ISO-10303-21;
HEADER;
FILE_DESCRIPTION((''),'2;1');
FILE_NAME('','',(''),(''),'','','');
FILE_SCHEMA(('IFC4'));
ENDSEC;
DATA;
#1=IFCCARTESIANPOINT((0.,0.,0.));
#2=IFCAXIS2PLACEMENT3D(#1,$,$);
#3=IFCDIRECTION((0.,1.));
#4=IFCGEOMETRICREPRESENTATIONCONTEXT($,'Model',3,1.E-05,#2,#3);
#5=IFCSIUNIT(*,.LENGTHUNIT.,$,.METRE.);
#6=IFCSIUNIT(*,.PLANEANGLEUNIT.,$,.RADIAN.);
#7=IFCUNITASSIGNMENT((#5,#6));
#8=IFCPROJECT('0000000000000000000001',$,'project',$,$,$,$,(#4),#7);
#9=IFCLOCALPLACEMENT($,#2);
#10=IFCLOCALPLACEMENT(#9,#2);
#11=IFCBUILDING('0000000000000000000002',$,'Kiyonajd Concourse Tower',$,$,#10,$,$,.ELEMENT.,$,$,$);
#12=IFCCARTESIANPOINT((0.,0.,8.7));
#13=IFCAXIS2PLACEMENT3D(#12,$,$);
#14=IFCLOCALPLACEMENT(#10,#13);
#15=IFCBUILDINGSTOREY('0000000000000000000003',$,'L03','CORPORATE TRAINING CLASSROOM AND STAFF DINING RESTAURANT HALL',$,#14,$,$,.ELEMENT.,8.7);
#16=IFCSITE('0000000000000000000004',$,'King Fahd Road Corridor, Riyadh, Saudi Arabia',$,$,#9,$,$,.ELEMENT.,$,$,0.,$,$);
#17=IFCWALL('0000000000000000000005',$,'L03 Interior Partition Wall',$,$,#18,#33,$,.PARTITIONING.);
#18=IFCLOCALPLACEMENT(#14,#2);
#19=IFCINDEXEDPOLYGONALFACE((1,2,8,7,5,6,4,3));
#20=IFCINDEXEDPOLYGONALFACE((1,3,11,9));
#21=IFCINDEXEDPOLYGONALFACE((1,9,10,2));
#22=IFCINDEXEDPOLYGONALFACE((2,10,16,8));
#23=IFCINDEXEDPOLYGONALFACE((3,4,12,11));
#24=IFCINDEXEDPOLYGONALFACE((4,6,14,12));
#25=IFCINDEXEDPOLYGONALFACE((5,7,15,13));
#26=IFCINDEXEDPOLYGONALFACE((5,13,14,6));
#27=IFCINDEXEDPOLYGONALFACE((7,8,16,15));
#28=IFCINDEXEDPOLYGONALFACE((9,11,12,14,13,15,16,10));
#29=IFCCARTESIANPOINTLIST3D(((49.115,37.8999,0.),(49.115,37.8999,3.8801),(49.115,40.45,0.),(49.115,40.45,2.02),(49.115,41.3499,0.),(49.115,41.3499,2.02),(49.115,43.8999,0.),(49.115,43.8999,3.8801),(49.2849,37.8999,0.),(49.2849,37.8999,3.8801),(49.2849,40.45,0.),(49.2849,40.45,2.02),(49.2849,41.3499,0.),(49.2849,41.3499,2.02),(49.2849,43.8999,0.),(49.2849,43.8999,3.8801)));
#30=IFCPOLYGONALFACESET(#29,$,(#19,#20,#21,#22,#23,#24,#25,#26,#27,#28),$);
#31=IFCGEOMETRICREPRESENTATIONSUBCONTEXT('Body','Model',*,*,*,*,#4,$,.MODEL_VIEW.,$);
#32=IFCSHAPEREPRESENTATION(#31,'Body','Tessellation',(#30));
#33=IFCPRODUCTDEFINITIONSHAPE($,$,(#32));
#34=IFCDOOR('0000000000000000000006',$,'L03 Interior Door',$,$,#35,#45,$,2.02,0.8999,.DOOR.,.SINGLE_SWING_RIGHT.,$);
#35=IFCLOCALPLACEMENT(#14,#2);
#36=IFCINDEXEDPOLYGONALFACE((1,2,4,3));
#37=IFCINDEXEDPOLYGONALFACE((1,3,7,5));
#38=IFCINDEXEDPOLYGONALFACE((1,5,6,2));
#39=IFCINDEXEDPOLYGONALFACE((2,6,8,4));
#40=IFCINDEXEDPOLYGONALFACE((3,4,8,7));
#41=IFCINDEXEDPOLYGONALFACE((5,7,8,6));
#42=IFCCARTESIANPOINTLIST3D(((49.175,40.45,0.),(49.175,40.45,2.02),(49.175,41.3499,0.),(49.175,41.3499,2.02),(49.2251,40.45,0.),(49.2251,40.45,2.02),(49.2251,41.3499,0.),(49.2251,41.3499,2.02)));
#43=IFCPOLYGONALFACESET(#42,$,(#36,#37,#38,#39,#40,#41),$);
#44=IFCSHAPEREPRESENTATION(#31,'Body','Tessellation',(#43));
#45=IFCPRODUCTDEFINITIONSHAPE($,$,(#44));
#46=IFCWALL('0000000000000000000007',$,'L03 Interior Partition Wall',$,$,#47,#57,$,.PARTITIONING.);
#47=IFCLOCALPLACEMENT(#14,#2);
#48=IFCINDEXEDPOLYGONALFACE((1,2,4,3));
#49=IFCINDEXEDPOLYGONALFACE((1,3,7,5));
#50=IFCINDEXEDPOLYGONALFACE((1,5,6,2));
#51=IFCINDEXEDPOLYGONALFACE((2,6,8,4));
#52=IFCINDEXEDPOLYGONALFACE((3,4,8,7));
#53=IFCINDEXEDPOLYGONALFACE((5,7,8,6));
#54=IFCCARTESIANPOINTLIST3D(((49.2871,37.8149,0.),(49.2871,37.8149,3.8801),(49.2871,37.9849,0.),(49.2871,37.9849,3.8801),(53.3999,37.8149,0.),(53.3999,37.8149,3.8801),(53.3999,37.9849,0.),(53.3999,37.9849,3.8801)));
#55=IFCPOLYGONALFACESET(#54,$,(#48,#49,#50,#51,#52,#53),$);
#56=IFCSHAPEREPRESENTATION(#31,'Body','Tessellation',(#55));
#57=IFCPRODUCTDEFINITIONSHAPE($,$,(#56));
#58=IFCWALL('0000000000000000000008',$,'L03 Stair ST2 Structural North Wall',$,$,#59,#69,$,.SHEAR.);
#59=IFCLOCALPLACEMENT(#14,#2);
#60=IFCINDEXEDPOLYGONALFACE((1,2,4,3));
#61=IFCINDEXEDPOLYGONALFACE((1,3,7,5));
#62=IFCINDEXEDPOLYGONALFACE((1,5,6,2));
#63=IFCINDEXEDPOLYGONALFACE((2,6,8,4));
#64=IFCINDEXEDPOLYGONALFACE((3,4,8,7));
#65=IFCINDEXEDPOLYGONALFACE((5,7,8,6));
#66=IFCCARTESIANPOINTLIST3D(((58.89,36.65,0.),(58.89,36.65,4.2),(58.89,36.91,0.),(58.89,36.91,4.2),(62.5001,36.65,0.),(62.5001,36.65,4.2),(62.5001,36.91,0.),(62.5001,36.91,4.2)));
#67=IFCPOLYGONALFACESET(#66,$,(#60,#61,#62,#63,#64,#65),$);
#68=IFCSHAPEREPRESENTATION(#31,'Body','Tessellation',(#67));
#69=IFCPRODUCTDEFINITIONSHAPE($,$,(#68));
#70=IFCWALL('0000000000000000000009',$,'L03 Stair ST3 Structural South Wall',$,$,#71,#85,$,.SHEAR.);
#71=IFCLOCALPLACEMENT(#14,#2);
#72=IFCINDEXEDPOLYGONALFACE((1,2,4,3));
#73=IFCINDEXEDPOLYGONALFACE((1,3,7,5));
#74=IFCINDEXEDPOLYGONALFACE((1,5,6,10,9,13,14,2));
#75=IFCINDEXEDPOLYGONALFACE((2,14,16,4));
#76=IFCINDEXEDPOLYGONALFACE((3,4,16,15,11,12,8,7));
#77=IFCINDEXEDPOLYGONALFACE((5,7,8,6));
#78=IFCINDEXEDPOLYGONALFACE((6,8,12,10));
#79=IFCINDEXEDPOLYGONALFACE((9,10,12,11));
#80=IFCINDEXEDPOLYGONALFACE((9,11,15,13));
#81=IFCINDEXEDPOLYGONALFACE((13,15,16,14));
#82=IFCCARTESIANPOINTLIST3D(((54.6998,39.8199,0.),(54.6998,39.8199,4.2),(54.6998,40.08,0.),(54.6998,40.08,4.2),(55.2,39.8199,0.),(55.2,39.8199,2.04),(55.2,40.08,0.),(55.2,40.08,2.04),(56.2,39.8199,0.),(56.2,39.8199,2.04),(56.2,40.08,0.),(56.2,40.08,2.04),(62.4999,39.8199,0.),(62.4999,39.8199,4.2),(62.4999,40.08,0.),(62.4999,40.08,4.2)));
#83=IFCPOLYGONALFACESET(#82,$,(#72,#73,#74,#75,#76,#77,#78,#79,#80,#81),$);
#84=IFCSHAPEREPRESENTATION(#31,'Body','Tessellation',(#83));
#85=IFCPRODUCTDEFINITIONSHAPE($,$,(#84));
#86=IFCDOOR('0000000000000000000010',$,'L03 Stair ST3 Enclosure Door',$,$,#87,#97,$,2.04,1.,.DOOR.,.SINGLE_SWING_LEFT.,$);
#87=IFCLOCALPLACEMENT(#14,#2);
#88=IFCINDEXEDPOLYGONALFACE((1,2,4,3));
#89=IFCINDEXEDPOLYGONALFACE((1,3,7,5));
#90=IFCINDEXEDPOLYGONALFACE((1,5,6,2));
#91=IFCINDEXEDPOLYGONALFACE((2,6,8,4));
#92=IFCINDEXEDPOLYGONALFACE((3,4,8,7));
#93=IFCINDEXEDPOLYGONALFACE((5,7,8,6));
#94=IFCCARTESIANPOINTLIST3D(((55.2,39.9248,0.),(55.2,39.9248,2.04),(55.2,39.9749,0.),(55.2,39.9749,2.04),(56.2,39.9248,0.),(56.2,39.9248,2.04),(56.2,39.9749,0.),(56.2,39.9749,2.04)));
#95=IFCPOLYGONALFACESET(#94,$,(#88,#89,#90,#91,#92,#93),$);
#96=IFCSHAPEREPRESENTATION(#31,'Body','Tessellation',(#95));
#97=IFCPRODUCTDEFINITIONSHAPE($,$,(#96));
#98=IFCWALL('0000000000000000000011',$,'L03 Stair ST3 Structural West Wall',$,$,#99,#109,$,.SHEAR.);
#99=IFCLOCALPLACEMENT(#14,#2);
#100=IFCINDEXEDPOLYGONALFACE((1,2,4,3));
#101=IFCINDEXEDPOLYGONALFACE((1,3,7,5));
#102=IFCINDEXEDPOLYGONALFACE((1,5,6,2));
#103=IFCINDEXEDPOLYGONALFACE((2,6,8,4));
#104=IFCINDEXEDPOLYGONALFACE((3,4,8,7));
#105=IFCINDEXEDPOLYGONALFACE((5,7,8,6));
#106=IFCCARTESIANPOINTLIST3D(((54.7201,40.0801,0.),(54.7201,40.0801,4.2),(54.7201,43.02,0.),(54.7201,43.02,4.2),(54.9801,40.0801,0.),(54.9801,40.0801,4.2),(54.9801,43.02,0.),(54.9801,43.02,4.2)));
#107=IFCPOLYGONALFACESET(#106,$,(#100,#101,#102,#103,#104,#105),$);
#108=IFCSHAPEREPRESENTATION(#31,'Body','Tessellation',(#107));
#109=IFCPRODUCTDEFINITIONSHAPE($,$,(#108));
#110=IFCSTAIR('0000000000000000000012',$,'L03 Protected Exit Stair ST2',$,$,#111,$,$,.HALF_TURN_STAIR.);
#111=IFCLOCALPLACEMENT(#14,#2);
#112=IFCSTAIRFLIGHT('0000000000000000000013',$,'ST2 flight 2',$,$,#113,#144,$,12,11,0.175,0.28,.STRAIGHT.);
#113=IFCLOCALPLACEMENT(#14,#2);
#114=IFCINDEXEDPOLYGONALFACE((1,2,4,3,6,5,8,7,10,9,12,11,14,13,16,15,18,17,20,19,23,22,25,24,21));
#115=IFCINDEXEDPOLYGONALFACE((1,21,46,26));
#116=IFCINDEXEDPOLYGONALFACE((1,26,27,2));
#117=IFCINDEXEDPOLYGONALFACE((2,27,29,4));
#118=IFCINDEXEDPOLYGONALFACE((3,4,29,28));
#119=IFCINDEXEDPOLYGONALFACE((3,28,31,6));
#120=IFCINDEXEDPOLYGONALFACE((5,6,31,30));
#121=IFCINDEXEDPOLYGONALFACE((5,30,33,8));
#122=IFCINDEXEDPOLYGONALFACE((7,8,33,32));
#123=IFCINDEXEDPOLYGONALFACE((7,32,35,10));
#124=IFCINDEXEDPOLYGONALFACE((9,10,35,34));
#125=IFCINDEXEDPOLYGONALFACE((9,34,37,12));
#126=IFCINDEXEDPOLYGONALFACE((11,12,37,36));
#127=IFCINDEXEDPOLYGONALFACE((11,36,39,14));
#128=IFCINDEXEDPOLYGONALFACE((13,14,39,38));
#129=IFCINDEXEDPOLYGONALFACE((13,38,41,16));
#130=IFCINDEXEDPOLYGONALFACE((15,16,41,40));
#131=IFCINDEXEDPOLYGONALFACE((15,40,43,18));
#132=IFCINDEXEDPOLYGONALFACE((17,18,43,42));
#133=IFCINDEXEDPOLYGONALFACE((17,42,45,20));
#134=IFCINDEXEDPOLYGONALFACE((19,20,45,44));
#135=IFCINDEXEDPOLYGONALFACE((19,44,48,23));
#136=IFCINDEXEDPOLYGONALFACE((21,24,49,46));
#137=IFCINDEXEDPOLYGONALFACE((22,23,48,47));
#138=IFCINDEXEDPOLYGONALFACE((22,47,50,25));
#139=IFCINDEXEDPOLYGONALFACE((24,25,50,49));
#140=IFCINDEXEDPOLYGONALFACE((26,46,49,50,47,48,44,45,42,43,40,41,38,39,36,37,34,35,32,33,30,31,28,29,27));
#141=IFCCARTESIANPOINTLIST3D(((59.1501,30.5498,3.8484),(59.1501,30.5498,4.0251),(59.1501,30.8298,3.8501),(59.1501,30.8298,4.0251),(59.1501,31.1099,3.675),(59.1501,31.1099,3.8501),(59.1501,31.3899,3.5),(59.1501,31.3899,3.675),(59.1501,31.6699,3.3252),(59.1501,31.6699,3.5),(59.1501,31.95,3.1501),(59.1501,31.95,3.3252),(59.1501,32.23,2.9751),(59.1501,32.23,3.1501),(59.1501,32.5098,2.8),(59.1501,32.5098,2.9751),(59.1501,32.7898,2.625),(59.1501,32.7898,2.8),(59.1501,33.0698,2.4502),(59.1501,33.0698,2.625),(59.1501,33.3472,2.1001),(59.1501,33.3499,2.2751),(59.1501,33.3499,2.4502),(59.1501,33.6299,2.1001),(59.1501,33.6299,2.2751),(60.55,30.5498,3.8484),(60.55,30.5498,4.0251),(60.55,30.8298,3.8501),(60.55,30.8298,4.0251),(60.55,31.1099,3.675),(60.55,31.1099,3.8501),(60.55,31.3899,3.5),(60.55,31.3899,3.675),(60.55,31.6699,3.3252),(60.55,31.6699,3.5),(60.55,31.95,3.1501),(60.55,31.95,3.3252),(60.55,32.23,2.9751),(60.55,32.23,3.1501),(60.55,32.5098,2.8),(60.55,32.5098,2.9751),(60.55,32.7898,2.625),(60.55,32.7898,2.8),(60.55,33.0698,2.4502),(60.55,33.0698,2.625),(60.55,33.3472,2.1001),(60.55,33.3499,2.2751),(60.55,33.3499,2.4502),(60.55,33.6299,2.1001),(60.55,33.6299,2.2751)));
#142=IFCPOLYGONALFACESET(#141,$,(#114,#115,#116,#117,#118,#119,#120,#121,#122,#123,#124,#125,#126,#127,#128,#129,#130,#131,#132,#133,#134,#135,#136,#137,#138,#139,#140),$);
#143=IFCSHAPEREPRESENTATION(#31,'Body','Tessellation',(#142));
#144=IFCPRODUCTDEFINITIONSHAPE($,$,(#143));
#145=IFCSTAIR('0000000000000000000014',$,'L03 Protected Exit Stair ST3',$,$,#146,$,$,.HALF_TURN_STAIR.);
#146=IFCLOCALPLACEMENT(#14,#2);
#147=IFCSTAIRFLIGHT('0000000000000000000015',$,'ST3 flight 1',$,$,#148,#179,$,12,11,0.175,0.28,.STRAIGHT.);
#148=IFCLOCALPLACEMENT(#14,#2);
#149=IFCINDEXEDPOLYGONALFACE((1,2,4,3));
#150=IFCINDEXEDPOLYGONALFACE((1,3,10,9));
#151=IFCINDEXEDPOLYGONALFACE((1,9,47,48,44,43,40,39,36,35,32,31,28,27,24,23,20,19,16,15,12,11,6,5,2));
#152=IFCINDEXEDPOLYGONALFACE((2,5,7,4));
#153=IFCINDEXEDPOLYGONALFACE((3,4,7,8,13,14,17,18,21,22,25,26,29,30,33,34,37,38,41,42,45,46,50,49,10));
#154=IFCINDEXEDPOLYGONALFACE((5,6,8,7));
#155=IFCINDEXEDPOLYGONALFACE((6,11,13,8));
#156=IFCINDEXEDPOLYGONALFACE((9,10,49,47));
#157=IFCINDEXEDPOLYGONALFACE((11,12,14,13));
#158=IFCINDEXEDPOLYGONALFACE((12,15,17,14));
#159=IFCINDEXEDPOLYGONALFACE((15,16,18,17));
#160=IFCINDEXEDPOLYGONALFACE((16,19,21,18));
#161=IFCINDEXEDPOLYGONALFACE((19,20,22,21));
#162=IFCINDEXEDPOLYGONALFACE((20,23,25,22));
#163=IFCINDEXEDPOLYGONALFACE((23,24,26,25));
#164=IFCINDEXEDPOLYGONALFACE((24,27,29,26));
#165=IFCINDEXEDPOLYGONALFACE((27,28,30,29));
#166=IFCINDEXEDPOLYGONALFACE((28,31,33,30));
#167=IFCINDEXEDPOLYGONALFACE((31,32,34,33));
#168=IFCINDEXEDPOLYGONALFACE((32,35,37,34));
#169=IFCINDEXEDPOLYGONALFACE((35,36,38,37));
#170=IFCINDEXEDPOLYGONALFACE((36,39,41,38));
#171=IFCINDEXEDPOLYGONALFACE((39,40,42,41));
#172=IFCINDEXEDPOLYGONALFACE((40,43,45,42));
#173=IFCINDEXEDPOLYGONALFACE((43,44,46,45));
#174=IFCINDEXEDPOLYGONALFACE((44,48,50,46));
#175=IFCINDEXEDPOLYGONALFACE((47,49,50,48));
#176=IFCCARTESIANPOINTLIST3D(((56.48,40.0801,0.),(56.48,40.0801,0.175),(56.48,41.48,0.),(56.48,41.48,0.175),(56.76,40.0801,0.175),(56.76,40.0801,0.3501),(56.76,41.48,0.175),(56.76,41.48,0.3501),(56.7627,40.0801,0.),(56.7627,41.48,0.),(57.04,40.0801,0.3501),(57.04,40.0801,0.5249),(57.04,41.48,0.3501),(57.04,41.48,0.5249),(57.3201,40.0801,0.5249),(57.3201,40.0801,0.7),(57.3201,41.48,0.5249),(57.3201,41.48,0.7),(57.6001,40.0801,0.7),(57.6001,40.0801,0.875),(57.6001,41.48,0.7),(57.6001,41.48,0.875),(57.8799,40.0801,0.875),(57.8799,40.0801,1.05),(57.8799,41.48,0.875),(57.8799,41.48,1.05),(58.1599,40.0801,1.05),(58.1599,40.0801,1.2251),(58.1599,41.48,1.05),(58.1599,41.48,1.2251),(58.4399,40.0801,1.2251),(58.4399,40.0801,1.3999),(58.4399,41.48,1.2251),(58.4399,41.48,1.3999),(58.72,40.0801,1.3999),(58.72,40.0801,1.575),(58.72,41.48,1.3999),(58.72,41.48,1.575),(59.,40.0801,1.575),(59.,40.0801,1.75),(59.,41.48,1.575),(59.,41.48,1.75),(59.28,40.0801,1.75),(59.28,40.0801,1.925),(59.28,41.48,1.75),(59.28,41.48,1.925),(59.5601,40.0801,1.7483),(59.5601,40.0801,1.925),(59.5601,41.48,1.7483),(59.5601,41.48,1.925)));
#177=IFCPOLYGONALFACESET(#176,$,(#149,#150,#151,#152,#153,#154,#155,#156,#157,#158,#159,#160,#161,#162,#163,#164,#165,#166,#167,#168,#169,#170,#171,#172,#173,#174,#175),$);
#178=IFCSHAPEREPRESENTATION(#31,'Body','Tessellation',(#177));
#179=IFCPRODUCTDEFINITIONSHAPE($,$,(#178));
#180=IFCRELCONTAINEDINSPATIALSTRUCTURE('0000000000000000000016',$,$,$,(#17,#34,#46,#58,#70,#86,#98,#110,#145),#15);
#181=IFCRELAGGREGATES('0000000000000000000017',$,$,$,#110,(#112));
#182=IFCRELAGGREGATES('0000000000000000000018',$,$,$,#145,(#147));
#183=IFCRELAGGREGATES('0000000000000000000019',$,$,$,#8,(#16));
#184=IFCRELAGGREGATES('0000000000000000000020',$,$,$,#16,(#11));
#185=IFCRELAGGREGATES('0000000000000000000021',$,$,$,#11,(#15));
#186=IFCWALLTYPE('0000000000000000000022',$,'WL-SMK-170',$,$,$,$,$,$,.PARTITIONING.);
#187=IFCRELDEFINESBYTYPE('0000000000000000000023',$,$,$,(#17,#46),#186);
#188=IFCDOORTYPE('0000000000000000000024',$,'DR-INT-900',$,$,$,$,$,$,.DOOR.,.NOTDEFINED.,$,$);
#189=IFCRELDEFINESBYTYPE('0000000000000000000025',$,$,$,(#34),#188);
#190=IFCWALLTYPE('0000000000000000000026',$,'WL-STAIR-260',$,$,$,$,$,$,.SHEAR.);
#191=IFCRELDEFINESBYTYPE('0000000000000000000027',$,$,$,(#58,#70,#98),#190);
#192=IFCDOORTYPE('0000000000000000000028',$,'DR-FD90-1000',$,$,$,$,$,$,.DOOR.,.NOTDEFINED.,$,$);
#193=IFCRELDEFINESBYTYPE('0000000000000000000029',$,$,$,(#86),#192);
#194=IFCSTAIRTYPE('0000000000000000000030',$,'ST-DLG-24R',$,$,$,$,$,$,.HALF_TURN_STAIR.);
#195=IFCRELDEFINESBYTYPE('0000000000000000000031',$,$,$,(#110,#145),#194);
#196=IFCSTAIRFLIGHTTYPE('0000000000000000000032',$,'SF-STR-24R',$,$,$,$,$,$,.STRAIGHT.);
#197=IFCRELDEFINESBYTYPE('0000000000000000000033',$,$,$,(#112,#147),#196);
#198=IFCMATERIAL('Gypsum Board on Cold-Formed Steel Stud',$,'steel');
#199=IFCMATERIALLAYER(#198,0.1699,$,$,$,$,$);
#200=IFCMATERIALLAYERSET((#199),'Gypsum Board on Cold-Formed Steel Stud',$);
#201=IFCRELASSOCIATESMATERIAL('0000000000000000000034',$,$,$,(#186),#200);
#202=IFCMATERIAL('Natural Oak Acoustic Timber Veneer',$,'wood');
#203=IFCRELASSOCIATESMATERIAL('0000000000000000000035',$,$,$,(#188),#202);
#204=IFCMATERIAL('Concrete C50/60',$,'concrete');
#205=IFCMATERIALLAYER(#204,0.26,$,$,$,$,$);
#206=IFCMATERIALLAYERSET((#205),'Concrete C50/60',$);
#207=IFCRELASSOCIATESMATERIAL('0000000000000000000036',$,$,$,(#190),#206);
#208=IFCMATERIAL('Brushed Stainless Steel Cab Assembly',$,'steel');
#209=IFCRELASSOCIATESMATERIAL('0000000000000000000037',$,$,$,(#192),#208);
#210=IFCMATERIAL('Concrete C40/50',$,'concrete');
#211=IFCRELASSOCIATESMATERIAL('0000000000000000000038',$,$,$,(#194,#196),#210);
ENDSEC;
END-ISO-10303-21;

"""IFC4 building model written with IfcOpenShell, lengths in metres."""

from ifc_helpers import new_model, si_unit, direction, frame, frame_2d, origin, place, context, subcontext, project, spatial, polyline, rectangle, outline, extrude, material, layer, layer_set, type_object, element, fill, aggregate, save


model = new_model("IFC4")

# Units and contexts
model_context = context("Model", 3, precision=1e-05, world=origin(), true_north=direction((0.0, 1.0)))
body_context = subcontext(model_context, "Body", "Model", "MODEL_VIEW")
ifc_project = project(units=[si_unit("LENGTHUNIT", "METRE"), si_unit("PLANEANGLEUNIT", "RADIAN")], contexts=[model_context])

# Site, building, storey
site_placement = place(None, origin())
site = spatial("IfcSite", under=ifc_project, at=site_placement, Name="King Fahd Road Corridor, Riyadh, Saudi Arabia", CompositionType="ELEMENT", RefElevation=0.0)
building_placement = place(site_placement, origin())
building = spatial("IfcBuilding", under=site, at=building_placement, Name="Kiyonajd Concourse Tower", CompositionType="ELEMENT")
storey_placement = place(building_placement, frame((0.0, 0.0, 8.7)))
storey = spatial("IfcBuildingStorey", under=building, at=storey_placement, Name="L03", Description="CORPORATE TRAINING CLASSROOM AND STAFF DINING RESTAURANT HALL", CompositionType="ELEMENT", Elevation=8.7)

# Shared definitions
ifc_material_1 = material(Name="Concrete C50/60", Category="concrete")

# Shared definitions
ifc_material_2 = material(Name="Gypsum Board on Cold-Formed Steel Stud", Category="steel")

# Shared definitions
ifc_layer_1 = layer(ifc_material_2, 0.1699)
ifc_layer_set_1 = layer_set([ifc_layer_1], Name="Gypsum Board on Cold-Formed Steel Stud")
wall_type_1 = type_object("IfcWallType", Name="WL-SMK-170", PredefinedType="PARTITIONING", material=ifc_layer_set_1)
ifc_material_3 = material(Name="Natural Oak Acoustic Timber Veneer", Category="wood")
door_type_1 = type_object("IfcDoorType", Name="DR-INT-900", OperationType="NOTDEFINED", PredefinedType="DOOR", material=ifc_material_3)

# Wall, opening, door
wall_1_placement = place(storey_placement, frame((49.2, 37.8999, 0.0), z_axis=(0.0, 0.0, 1.0), x_axis=(0.0, 1.0, 0.0)))
wall_1 = element("IfcWall", 1, at=wall_1_placement, inside=storey, type_object=wall_type_1, Name="L03 Interior Partition Wall", PredefinedType="PARTITIONING", context=body_context, shape_type="SweptSolid", body=[
    extrude(rectangle(XDim=6.0, YDim=0.1699, at=frame_2d((3.0, 0.0))), origin(), (0.0, 0.0, 1.0), 3.8801),
])
opening_1_placement = place(wall_1_placement, frame((2.55, 0.0, 0.0)))
opening_1 = element("IfcOpeningElement", 2, at=opening_1_placement, cuts=wall_1, PredefinedType="OPENING", context=body_context, shape_type="SweptSolid", body=[
    extrude(rectangle(XDim=0.8999, YDim=2.02, at=frame_2d((0.45, 1.01))), frame((0.0, 0.095, 0.0), z_axis=(0.0, -1.0, 0.0), x_axis=(1.0, 0.0, 0.0)), (0.0, 0.0, 1.0), 0.1899),
])
door_1_placement = place(opening_1_placement, origin())
door_1 = element("IfcDoor", 3, at=door_1_placement, inside=storey, type_object=door_type_1, Name="L03 Interior Door", OperationType="SINGLE_SWING_RIGHT", OverallHeight=2.02, OverallWidth=0.8999, PredefinedType="DOOR", context=body_context, shape_type="SweptSolid", body=[
    extrude(rectangle(XDim=0.8999, YDim=2.02, at=frame_2d((0.45, 1.01))), frame((0.0, 0.0249, 0.0), z_axis=(0.0, -1.0, 0.0), x_axis=(1.0, 0.0, 0.0)), (0.0, 0.0, 1.0), 0.05),
])
fill(opening_1, door_1)

# Walls
wall_2_placement = place(storey_placement, frame((49.2871, 37.8999, 0.0), z_axis=(0.0, 0.0, 1.0), x_axis=(1.0, 0.0, 0.0)))
element("IfcWall", 4, at=wall_2_placement, inside=storey, type_object=wall_type_1, Name="L03 Interior Partition Wall", PredefinedType="PARTITIONING", context=body_context, shape_type="SweptSolid", body=[
    extrude(rectangle(XDim=4.1128, YDim=0.1699, at=frame_2d((2.0564, 0.0))), origin(), (0.0, 0.0, 1.0), 3.8801),
])
ifc_layer_2 = layer(ifc_material_1, 0.26)
ifc_layer_set_2 = layer_set([ifc_layer_2], Name="Concrete C50/60")
wall_type_2 = type_object("IfcWallType", Name="WL-STAIR-260", PredefinedType="SHEAR", material=ifc_layer_set_2)
wall_3_placement = place(storey_placement, frame((58.8899, 36.78, 0.0), z_axis=(0.0, 0.0, 1.0), x_axis=(1.0, 0.0, 0.0)))
element("IfcWall", 5, at=wall_3_placement, inside=storey, type_object=wall_type_2, Name="L03 Stair ST2 Structural North Wall", PredefinedType="SHEAR", context=body_context, shape_type="SweptSolid", body=[
    extrude(rectangle(XDim=3.6101, YDim=0.26, at=frame_2d((1.8052, 0.0))), origin(), (0.0, 0.0, 1.0), 4.2),
])

# Wall, opening, door
wall_4_placement = place(storey_placement, frame((54.7, 39.95, 0.0), z_axis=(0.0, 0.0, 1.0), x_axis=(1.0, 0.0, 0.0)))
wall_4 = element("IfcWall", 6, at=wall_4_placement, inside=storey, type_object=wall_type_2, Name="L03 Stair ST3 Structural South Wall", PredefinedType="SHEAR", context=body_context, shape_type="SweptSolid", body=[
    extrude(rectangle(XDim=7.8, YDim=0.26, at=frame_2d((3.8999, 0.0))), origin(), (0.0, 0.0, 1.0), 4.2),
])
opening_2_placement = place(wall_4_placement, frame((0.5, 0.0, 0.0)))
opening_2 = element("IfcOpeningElement", 7, at=opening_2_placement, cuts=wall_4, PredefinedType="OPENING", context=body_context, shape_type="SweptSolid", body=[
    extrude(rectangle(XDim=1.0, YDim=2.04, at=frame_2d((0.5, 1.02))), frame((0.0, 0.1399, 0.0), z_axis=(0.0, -1.0, 0.0), x_axis=(1.0, 0.0, 0.0)), (0.0, 0.0, 1.0), 0.28),
])
ifc_material_4 = material(Name="Brushed Stainless Steel Cab Assembly", Category="steel")
door_type_2 = type_object("IfcDoorType", Name="DR-FD90-1000", OperationType="NOTDEFINED", PredefinedType="DOOR", material=ifc_material_4)
door_2_placement = place(opening_2_placement, origin())
door_2 = element("IfcDoor", 8, at=door_2_placement, inside=storey, type_object=door_type_2, Name="L03 Stair ST3 Enclosure Door", OperationType="SINGLE_SWING_LEFT", OverallHeight=2.04, OverallWidth=1.0, PredefinedType="DOOR", context=body_context, shape_type="SweptSolid", body=[
    extrude(rectangle(XDim=1.0, YDim=2.04, at=frame_2d((0.5, 1.02))), frame((0.0, 0.0249, 0.0), z_axis=(0.0, -1.0, 0.0), x_axis=(1.0, 0.0, 0.0)), (0.0, 0.0, 1.0), 0.05),
])
fill(opening_2, door_2)

# Wall
wall_5_placement = place(storey_placement, frame((54.8501, 40.0801, 0.0), z_axis=(0.0, 0.0, 1.0), x_axis=(0.0, 1.0, 0.0)))
element("IfcWall", 9, at=wall_5_placement, inside=storey, type_object=wall_type_2, Name="L03 Stair ST3 Structural West Wall", PredefinedType="SHEAR", context=body_context, shape_type="SweptSolid", body=[
    extrude(rectangle(XDim=2.9399, YDim=0.26, at=frame_2d((1.47, 0.0))), origin(), (0.0, 0.0, 1.0), 4.2),
])

# Stair, stair flight
ifc_material_5 = material(Name="Concrete C40/50", Category="concrete")
stair_type = type_object("IfcStairType", Name="ST-DLG-24R", PredefinedType="HALF_TURN_STAIR", material=ifc_material_5)
stair_1_placement = place(storey_placement, origin())
stair_1 = element("IfcStair", 10, at=stair_1_placement, inside=storey, type_object=stair_type, Name="L03 Protected Exit Stair ST2", PredefinedType="HALF_TURN_STAIR")
stair_flight_type = type_object("IfcStairFlightType", Name="SF-STR-24R", PredefinedType="STRAIGHT", material=ifc_material_5)
stair_flight_1_placement = place(storey_placement, frame((59.8501, 33.6299, 2.1001), z_axis=(0.0, 0.0, 1.0), x_axis=(0.0, -1.0, 0.0)))
stair_flight_1 = element("IfcStairFlight", 11, at=stair_flight_1_placement, type_object=stair_flight_type, Name="ST2 flight 2", NumberOfRisers=12, NumberOfTreads=11, PredefinedType="STRAIGHT", RiserHeight=0.175, TreadLength=0.28, context=body_context, shape_type="SweptSolid", body=[
    extrude(outline(polyline([(0.0, 0.0), (0.0, 0.175), (0.28, 0.175), (0.28, 0.3501), (0.5601, 0.3501), (0.5601, 0.5249), (0.8401, 0.5249), (0.8401, 0.7), (1.1201, 0.7), (1.1201, 0.875), (1.3999, 0.875), (1.3999, 1.05), (1.6799, 1.05), (1.6799, 1.2251), (1.96, 1.2251), (1.96, 1.3999), (2.24, 1.3999), (2.24, 1.575), (2.52, 1.575), (2.52, 1.75), (2.8, 1.75), (2.8, 1.925), (3.0801, 1.925), (3.0801, 2.1001), (3.0801, 1.7483), (0.2827, 0.0), (0.0, 0.0)])), frame((0.0, 0.7, 0.0), z_axis=(0.0, -1.0, 0.0), x_axis=(1.0, 0.0, 0.0)), (0.0, 0.0, 1.0), 1.3999),
])
aggregate(stair_1, [stair_flight_1])

# Stair, stair flight
stair_2_placement = place(storey_placement, origin())
stair_2 = element("IfcStair", 12, at=stair_2_placement, inside=storey, type_object=stair_type, Name="L03 Protected Exit Stair ST3", PredefinedType="HALF_TURN_STAIR")
stair_flight_2_placement = place(storey_placement, frame((56.48, 40.78, 0.0), z_axis=(0.0, 0.0, 1.0), x_axis=(1.0, 0.0, 0.0)))
stair_flight_2 = element("IfcStairFlight", 13, at=stair_flight_2_placement, type_object=stair_flight_type, Name="ST3 flight 1", NumberOfRisers=12, NumberOfTreads=11, PredefinedType="STRAIGHT", RiserHeight=0.175, TreadLength=0.28, context=body_context, shape_type="SweptSolid", body=[
    extrude(outline(polyline([(0.0, 0.0), (0.0, 0.175), (0.28, 0.175), (0.28, 0.3501), (0.5601, 0.3501), (0.5601, 0.5249), (0.8401, 0.5249), (0.8401, 0.7), (1.1201, 0.7), (1.1201, 0.875), (1.3999, 0.875), (1.3999, 1.05), (1.6799, 1.05), (1.6799, 1.2251), (1.96, 1.2251), (1.96, 1.3999), (2.24, 1.3999), (2.24, 1.575), (2.52, 1.575), (2.52, 1.75), (2.8, 1.75), (2.8, 1.925), (3.0801, 1.925), (3.0801, 2.1001), (3.0801, 1.7483), (0.2827, 0.0), (0.0, 0.0)])), frame((0.0, 0.7, 0.0), z_axis=(0.0, -1.0, 0.0), x_axis=(1.0, 0.0, 0.0)), (0.0, 0.0, 1.0), 1.3999),
])
aggregate(stair_2, [stair_flight_2])

save(model, "model.ifc")
